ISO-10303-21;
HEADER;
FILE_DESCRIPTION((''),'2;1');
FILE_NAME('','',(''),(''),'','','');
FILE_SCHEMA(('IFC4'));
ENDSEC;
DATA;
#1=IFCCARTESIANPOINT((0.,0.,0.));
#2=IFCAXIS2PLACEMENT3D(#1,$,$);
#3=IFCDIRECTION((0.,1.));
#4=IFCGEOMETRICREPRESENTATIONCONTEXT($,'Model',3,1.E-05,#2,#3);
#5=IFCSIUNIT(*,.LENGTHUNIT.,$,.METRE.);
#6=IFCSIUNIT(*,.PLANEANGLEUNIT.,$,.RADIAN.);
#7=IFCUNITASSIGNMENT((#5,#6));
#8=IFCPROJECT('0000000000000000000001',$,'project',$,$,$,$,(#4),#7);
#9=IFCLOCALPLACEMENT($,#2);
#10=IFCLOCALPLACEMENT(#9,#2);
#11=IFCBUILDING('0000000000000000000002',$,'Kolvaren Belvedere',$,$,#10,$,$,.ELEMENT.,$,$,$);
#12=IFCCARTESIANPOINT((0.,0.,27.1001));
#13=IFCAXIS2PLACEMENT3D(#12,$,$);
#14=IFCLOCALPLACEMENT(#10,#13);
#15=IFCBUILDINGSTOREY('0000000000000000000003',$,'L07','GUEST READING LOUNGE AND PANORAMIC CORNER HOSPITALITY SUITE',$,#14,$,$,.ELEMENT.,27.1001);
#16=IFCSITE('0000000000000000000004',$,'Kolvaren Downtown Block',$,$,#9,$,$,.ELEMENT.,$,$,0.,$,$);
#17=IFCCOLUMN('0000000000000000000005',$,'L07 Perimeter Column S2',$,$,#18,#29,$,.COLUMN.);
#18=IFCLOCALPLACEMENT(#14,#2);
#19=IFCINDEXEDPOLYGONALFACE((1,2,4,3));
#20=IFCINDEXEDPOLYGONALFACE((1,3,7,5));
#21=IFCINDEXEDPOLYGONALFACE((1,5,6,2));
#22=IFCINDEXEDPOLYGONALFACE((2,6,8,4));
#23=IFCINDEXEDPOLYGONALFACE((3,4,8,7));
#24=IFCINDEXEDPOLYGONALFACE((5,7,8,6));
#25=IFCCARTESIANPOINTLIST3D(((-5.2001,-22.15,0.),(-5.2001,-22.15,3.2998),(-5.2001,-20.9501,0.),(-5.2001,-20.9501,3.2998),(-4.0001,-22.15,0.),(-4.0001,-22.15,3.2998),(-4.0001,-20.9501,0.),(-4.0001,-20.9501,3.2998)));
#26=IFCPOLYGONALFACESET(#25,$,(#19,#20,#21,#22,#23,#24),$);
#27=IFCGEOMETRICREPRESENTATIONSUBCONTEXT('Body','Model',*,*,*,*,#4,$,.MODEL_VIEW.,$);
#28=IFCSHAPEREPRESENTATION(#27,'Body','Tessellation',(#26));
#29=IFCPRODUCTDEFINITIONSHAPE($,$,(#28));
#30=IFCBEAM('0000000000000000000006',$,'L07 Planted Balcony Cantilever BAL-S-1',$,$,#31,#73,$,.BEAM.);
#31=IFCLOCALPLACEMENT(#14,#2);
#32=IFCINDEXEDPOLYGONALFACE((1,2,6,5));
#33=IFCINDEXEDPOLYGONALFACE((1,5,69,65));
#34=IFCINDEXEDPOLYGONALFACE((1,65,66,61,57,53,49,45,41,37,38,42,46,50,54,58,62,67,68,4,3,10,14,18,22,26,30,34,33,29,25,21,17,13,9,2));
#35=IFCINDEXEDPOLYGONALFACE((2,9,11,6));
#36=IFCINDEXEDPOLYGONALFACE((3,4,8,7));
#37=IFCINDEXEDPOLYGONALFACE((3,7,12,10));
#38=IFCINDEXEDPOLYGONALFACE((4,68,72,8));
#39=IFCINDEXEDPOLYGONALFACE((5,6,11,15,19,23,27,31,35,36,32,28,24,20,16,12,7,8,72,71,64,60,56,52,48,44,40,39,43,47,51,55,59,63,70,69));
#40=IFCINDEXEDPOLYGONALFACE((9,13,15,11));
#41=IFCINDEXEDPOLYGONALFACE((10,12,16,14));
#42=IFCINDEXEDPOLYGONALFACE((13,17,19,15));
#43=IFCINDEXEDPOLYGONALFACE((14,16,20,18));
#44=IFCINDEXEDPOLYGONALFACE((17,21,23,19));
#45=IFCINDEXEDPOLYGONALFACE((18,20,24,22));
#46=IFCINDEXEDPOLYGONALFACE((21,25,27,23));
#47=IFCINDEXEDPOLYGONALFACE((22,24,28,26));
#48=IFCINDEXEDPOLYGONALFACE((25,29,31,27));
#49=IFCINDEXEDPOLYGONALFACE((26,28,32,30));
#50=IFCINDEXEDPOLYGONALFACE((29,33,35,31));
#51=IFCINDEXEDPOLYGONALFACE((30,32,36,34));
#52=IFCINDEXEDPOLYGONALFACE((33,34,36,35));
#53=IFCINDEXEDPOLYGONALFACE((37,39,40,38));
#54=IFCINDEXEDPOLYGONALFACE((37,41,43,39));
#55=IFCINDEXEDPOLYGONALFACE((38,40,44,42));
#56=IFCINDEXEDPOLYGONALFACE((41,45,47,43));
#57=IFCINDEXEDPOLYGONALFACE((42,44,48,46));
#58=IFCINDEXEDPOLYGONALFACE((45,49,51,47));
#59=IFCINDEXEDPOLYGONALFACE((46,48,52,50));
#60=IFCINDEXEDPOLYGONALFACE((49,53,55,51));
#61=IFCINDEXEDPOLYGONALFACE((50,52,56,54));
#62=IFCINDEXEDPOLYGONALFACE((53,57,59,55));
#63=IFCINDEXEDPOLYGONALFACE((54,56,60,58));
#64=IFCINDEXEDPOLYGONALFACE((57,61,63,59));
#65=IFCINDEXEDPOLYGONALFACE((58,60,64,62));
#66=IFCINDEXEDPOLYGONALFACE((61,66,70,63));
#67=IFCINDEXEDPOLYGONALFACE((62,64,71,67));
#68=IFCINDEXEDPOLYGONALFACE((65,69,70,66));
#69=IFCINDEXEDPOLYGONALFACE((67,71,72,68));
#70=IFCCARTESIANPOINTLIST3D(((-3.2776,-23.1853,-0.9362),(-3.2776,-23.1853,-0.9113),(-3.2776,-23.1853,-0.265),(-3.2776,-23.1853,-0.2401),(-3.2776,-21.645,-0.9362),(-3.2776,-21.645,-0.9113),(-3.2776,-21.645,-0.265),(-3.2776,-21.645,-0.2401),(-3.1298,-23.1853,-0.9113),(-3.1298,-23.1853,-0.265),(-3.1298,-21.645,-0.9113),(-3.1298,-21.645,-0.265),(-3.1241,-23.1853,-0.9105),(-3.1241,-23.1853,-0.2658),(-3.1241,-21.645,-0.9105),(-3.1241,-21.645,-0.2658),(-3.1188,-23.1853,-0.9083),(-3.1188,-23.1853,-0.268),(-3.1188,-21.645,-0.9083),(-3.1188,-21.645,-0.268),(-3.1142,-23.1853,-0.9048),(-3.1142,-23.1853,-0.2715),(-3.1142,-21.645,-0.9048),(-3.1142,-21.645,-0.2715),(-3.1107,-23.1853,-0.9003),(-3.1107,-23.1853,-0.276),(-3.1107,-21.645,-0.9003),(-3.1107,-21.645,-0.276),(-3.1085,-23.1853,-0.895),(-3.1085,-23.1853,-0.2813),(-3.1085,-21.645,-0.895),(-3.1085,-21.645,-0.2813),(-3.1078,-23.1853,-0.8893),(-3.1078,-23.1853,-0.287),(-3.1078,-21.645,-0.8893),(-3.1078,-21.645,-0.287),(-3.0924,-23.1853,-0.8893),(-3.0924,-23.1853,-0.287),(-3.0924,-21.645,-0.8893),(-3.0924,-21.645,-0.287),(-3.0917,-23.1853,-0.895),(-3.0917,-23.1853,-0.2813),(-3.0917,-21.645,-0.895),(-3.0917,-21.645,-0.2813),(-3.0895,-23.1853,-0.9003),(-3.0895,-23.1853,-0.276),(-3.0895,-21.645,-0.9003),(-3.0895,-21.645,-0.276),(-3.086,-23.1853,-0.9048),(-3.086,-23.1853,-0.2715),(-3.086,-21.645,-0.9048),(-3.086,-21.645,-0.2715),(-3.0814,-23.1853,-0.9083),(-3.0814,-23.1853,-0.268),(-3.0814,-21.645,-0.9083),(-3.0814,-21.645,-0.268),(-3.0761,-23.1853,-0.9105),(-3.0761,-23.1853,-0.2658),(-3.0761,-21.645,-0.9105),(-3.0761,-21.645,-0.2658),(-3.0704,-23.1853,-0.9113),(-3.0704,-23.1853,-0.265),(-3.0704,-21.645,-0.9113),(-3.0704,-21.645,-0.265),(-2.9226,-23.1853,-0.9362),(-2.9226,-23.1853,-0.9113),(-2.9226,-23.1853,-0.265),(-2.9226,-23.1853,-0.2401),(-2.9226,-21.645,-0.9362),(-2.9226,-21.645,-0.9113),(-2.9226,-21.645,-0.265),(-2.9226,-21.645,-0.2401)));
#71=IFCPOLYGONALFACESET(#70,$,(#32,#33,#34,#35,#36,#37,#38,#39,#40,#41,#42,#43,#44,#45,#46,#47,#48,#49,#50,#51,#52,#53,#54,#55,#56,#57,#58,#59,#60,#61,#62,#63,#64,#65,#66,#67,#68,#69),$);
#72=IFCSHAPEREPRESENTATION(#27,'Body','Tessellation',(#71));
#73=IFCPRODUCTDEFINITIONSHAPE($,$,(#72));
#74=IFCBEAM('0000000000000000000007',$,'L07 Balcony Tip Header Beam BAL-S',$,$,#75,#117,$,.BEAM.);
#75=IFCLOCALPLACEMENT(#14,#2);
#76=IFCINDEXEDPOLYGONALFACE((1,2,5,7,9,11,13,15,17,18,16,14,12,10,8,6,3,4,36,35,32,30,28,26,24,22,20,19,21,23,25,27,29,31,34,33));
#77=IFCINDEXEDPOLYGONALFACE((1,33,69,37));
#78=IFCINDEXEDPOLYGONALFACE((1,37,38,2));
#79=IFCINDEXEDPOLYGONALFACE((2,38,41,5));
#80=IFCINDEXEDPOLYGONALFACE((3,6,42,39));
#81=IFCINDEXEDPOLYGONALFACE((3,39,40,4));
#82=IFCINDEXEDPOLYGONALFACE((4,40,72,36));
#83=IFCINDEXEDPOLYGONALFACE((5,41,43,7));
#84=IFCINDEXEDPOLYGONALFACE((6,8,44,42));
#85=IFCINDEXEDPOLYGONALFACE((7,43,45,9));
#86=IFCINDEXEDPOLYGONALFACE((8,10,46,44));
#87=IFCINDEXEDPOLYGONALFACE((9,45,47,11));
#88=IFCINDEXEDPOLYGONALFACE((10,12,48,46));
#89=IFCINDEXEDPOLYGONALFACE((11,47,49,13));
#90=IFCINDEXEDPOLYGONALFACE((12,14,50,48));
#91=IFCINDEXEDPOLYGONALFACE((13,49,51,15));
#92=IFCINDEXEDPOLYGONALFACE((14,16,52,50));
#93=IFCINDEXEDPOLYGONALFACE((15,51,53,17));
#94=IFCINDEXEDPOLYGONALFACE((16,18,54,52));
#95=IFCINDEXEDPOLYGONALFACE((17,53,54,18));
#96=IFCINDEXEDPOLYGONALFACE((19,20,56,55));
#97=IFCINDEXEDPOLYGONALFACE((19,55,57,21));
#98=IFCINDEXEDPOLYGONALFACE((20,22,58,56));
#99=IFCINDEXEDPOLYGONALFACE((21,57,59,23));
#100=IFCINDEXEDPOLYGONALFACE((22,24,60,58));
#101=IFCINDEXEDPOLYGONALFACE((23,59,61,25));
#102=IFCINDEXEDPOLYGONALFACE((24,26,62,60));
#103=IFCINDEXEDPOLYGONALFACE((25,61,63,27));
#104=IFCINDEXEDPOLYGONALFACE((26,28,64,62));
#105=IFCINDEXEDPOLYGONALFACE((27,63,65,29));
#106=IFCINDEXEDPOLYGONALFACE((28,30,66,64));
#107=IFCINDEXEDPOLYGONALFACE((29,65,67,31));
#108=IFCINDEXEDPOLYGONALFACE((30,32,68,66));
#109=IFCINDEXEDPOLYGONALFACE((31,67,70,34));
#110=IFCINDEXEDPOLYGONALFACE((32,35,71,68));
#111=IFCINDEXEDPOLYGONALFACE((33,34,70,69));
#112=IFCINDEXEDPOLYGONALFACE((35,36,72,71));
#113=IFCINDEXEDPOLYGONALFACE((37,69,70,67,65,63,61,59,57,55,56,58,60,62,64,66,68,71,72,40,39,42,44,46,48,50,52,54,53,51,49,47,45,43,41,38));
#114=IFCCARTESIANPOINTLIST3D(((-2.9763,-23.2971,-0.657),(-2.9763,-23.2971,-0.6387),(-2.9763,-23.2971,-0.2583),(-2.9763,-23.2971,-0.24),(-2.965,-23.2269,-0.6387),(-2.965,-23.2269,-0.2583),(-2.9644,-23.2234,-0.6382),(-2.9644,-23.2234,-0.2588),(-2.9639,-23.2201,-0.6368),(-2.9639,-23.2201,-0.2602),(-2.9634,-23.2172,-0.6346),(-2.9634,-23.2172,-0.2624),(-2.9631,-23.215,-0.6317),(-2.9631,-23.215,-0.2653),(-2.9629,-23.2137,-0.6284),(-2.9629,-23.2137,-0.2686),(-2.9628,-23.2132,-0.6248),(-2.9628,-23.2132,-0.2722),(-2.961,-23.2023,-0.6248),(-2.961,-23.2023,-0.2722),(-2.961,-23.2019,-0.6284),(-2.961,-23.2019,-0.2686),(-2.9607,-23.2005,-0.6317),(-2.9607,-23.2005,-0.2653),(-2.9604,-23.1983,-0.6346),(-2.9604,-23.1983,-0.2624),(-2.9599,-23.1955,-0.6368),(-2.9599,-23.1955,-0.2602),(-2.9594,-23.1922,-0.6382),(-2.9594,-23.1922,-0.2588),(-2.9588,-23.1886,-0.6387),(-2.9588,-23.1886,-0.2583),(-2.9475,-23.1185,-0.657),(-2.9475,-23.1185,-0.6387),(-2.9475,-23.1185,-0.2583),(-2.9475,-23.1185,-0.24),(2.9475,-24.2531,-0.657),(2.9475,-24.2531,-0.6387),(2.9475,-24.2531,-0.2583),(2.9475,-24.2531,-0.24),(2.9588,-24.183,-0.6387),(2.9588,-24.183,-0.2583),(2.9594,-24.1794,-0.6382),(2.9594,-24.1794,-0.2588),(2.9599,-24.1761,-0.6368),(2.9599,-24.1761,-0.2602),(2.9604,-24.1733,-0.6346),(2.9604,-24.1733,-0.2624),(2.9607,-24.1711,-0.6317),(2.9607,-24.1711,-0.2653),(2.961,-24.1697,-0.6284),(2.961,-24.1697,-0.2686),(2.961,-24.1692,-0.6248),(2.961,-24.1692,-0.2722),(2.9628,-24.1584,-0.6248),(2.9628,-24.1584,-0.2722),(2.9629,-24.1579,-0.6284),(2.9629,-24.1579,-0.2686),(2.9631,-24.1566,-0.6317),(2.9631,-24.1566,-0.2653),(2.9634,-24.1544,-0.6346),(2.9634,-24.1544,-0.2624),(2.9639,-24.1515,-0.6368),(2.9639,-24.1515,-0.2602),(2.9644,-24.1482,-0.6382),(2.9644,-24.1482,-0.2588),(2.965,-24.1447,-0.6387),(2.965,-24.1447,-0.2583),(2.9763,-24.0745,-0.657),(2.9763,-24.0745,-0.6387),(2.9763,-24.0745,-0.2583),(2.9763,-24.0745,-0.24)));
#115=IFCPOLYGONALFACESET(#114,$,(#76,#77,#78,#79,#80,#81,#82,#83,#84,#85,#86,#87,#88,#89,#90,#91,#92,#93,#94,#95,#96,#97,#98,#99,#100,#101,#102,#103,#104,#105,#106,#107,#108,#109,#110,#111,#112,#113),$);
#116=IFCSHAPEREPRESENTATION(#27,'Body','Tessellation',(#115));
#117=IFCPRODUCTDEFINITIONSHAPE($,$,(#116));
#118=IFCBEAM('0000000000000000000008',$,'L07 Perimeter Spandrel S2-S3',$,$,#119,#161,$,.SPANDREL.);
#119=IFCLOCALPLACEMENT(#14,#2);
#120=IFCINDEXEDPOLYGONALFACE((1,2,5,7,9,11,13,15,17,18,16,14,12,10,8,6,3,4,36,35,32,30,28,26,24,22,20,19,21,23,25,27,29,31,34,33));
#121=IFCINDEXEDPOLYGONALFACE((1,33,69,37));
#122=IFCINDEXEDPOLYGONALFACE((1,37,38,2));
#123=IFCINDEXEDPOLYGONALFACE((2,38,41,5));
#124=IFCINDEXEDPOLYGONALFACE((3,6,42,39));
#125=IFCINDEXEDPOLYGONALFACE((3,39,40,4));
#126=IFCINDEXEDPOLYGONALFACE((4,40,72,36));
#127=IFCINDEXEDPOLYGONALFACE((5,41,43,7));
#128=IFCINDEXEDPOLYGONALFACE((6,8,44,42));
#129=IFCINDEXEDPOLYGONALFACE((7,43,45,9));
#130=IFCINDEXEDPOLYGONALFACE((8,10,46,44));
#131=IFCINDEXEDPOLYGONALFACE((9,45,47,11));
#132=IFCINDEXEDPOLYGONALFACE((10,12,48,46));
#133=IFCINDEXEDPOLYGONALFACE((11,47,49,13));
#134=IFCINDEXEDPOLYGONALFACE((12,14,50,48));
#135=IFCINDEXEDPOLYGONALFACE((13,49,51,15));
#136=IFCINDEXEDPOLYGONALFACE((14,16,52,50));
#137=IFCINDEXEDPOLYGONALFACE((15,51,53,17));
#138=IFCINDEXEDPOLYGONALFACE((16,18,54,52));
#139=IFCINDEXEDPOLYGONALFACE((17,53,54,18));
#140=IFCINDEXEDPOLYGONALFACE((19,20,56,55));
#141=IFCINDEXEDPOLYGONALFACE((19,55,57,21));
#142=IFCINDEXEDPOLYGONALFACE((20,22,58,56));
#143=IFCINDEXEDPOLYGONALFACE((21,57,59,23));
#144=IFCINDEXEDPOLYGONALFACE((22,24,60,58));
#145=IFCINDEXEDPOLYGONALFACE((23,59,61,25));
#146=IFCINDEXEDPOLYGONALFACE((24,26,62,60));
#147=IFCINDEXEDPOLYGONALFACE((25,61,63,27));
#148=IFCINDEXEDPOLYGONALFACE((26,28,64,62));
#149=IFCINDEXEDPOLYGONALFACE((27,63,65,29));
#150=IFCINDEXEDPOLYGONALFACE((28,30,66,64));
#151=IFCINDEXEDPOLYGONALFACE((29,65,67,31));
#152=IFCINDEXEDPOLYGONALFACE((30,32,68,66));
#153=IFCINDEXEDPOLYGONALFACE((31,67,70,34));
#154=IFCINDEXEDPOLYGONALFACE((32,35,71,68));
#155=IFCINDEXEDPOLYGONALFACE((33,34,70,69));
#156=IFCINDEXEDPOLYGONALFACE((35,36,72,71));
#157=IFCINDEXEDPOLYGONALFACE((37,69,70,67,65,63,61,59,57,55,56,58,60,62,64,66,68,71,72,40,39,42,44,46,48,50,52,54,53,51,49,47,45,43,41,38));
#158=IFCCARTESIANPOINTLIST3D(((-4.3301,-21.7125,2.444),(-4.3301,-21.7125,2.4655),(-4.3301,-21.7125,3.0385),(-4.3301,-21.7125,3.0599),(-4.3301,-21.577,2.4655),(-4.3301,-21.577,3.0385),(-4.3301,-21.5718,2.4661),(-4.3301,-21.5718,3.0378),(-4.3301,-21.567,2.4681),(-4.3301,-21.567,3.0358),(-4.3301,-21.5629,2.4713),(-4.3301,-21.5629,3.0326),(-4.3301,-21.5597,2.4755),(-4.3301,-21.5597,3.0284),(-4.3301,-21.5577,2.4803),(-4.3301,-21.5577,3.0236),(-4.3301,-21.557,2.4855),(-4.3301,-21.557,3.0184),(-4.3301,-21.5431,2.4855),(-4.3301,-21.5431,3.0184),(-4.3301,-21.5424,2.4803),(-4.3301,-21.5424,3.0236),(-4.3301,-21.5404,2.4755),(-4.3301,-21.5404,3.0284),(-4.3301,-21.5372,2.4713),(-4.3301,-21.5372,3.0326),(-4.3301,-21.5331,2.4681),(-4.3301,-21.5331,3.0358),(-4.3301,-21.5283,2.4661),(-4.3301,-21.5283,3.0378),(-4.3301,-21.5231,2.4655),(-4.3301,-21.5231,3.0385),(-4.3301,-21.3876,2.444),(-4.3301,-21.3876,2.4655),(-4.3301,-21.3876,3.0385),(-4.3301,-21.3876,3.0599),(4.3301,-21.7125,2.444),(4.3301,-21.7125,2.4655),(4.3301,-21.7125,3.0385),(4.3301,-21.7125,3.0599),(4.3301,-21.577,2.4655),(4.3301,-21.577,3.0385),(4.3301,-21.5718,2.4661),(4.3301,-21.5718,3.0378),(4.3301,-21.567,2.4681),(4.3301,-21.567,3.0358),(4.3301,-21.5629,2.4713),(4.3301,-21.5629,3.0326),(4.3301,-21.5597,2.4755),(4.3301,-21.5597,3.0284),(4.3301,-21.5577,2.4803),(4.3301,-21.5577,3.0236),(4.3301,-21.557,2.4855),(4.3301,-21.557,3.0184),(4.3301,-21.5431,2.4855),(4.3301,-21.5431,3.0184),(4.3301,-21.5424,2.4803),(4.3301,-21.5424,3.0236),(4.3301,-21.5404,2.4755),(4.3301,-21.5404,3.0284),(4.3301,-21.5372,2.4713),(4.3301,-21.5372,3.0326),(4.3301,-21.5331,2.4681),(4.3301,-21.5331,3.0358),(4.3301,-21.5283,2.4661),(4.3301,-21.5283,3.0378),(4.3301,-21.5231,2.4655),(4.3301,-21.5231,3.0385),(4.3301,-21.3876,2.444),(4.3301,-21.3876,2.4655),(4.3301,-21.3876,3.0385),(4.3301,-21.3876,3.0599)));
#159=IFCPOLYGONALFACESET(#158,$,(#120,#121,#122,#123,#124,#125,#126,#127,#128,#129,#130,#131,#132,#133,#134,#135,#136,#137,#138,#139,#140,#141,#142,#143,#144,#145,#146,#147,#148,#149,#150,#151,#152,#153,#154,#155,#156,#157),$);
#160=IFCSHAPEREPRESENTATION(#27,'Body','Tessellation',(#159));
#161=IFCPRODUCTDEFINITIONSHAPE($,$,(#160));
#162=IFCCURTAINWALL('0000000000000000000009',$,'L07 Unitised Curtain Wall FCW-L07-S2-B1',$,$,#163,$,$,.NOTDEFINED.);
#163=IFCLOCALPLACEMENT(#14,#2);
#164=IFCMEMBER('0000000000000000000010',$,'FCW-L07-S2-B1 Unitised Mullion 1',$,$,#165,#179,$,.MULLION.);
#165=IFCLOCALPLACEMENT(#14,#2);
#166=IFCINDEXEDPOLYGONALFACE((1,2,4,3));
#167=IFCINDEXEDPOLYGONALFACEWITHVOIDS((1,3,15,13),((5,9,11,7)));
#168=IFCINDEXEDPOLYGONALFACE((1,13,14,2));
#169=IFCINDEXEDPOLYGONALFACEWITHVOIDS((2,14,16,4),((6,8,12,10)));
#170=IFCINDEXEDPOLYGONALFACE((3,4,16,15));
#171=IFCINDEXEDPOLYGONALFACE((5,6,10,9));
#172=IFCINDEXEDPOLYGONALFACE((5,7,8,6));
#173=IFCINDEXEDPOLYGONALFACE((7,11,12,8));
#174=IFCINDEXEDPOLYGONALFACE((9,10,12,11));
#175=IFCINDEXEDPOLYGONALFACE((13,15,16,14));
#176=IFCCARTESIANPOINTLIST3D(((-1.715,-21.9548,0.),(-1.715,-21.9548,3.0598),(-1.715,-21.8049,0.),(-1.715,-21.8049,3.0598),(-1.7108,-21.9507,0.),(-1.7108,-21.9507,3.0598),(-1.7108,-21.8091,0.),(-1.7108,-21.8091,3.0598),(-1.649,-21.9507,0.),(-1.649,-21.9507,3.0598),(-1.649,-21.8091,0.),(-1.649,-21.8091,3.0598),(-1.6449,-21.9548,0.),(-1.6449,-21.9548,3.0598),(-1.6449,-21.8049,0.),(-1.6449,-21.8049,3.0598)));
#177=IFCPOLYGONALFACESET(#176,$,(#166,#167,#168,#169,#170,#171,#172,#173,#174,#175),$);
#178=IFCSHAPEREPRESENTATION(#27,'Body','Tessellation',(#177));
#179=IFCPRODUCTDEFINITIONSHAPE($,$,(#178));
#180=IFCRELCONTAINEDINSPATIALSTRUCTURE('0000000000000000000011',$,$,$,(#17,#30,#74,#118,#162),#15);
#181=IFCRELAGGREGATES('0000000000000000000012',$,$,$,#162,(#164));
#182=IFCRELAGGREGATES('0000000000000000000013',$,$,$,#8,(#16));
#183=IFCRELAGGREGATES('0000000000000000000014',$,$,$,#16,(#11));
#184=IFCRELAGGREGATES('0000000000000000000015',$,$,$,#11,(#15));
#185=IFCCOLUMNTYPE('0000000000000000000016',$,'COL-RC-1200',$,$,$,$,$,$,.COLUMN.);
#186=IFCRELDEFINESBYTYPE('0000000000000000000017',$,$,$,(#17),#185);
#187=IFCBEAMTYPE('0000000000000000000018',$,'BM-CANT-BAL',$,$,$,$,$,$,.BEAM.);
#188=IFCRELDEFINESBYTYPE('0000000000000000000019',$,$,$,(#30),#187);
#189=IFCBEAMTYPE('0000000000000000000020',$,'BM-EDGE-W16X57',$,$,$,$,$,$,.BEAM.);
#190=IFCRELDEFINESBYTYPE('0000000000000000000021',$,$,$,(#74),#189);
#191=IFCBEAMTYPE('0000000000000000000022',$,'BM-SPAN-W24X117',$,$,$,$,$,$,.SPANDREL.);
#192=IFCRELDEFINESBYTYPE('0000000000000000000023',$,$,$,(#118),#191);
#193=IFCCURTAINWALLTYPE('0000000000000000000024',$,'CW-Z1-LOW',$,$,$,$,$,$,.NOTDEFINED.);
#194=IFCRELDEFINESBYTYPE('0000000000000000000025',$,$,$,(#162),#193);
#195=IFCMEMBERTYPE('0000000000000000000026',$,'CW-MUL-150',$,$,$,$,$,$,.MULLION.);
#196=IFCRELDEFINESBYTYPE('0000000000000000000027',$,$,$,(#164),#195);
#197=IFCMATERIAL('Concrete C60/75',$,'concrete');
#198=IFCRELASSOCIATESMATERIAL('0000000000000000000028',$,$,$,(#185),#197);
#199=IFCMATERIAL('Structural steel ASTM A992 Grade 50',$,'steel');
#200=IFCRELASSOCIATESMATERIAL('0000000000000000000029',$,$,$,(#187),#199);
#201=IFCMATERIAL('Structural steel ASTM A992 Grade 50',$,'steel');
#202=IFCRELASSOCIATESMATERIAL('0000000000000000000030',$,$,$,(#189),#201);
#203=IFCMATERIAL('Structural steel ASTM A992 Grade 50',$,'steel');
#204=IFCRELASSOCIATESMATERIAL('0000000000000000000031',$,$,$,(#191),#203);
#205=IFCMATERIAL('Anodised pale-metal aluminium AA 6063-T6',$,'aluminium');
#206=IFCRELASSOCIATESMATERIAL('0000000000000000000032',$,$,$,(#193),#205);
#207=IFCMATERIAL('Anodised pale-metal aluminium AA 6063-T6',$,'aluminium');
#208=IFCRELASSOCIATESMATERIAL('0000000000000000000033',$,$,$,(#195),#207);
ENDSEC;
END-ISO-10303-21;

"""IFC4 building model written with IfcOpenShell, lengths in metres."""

from ifc_helpers import new_model, si_unit, direction, frame, origin, origin_2d, place, context, subcontext, project, spatial, rectangle, hollow_rectangle, i_section, extrude, material, material_profile, profile_set, type_object, element, aggregate, save


model = new_model("IFC4")

# Units and contexts
model_context = context("Model", 3, precision=1e-05, world=origin(), true_north=direction((0.0, 1.0)))
body_context = subcontext(model_context, "Body", "Model", "MODEL_VIEW")
ifc_project = project(units=[si_unit("LENGTHUNIT", "METRE"), si_unit("PLANEANGLEUNIT", "RADIAN")], contexts=[model_context])

# Site, building, storey
site_placement = place(None, origin())
site = spatial("IfcSite", under=ifc_project, at=site_placement, Name="Kolvaren Downtown Block", CompositionType="ELEMENT", RefElevation=0.0)
building_placement = place(site_placement, origin())
building = spatial("IfcBuilding", under=site, at=building_placement, Name="Kolvaren Belvedere", CompositionType="ELEMENT")
storey_placement = place(building_placement, frame((0.0, 0.0, 27.1001)))
storey = spatial("IfcBuildingStorey", under=building, at=storey_placement, Name="L07", Description="GUEST READING LOUNGE AND PANORAMIC CORNER HOSPITALITY SUITE", CompositionType="ELEMENT", Elevation=27.1001)

# Column
ifc_material_1 = material(Name="Concrete C60/75", Category="concrete")
ifc_material_profile_1 = material_profile(ifc_material_1, rectangle(XDim=1.2, YDim=1.2, at=origin_2d()), Name="RC 1200X1200")
ifc_profile_set_1 = profile_set([ifc_material_profile_1], Name="Concrete C60/75")
column_type = type_object("IfcColumnType", Name="COL-RC-1200", PredefinedType="COLUMN", material=ifc_profile_set_1)
column_placement = place(storey_placement, frame((-4.6001, -21.55, 0.0), z_axis=(0.0, 0.0, 1.0), x_axis=(1.0, 0.0, 0.0)))
element("IfcColumn", 1, at=column_placement, inside=storey, type_object=column_type, Name="L07 Perimeter Column S2", PredefinedType="COLUMN", context=body_context, shape_type="SweptSolid", body=[
    extrude(rectangle(XDim=1.2, YDim=1.2, at=origin_2d()), origin(), (0.0, 0.0, 1.0), 3.2998),
])

# Beams
ifc_material_2 = material(Name="Structural steel ASTM A992 Grade 50", Category="steel")
ifc_material_profile_2 = material_profile(ifc_material_2, i_section(OverallWidth=0.355, OverallDepth=0.696, WebThickness=0.0154, FlangeThickness=0.0249, FilletRadius=0.022, at=origin_2d()), Name="W27X146")
ifc_profile_set_2 = profile_set([ifc_material_profile_2], Name="Structural steel ASTM A992 Grade 50")
beam_type_1 = type_object("IfcBeamType", Name="BM-CANT-BAL", PredefinedType="BEAM", material=ifc_profile_set_2)
beam_1_placement = place(storey_placement, frame((-3.1001, -21.645, -0.5881), z_axis=(0.0, -1.0, 0.0), x_axis=(1.0, 0.0, 0.0)))
element("IfcBeam", 2, at=beam_1_placement, inside=storey, type_object=beam_type_1, Name="L07 Planted Balcony Cantilever BAL-S-1", PredefinedType="BEAM", context=body_context, shape_type="SweptSolid", body=[
    extrude(i_section(OverallWidth=0.355, OverallDepth=0.696, WebThickness=0.0154, FlangeThickness=0.0249, FilletRadius=0.022, at=origin_2d()), origin(), (0.0, 0.0, 1.0), 1.5403),
])
ifc_material_3 = material(Name="Structural steel ASTM A992 Grade 50", Category="steel")
ifc_material_profile_3 = material_profile(ifc_material_3, i_section(OverallWidth=0.1809, OverallDepth=0.417, WebThickness=0.011, FlangeThickness=0.0183, FilletRadius=0.0139, at=origin_2d()), Name="W16X57")
ifc_profile_set_3 = profile_set([ifc_material_profile_3], Name="Structural steel ASTM A992 Grade 50")
beam_type_2 = type_object("IfcBeamType", Name="BM-EDGE-W16X57", PredefinedType="BEAM", material=ifc_profile_set_3)
beam_2_placement = place(storey_placement, frame((-2.9619, -23.2078, -0.4485), z_axis=(0.987225, -0.15933, 0.0), x_axis=(0.15933, 0.987225, 0.0)))
element("IfcBeam", 3, at=beam_2_placement, inside=storey, type_object=beam_type_2, Name="L07 Balcony Tip Header Beam BAL-S", PredefinedType="BEAM", context=body_context, shape_type="SweptSolid", body=[
    extrude(i_section(OverallWidth=0.1809, OverallDepth=0.417, WebThickness=0.011, FlangeThickness=0.0183, FilletRadius=0.0139, at=origin_2d()), origin(), (0.0, 0.0, 1.0), 6.0005),
])
ifc_material_4 = material(Name="Structural steel ASTM A992 Grade 50", Category="steel")
ifc_material_profile_4 = material_profile(ifc_material_4, i_section(OverallWidth=0.325, OverallDepth=0.616, WebThickness=0.0139, FlangeThickness=0.0215, FilletRadius=0.02, at=origin_2d()), Name="W24X117")
ifc_profile_set_4 = profile_set([ifc_material_profile_4], Name="Structural steel ASTM A992 Grade 50")
beam_type_3 = type_object("IfcBeamType", Name="BM-SPAN-W24X117", PredefinedType="SPANDREL", material=ifc_profile_set_4)
beam_3_placement = place(storey_placement, frame((-4.3301, -21.55, 2.752), z_axis=(1.0, 0.0, 0.0), x_axis=(0.0, 1.0, 0.0)))
element("IfcBeam", 4, at=beam_3_placement, inside=storey, type_object=beam_type_3, Name="L07 Perimeter Spandrel S2-S3", PredefinedType="SPANDREL", context=body_context, shape_type="SweptSolid", body=[
    extrude(i_section(OverallWidth=0.325, OverallDepth=0.616, WebThickness=0.0139, FlangeThickness=0.0215, FilletRadius=0.02, at=origin_2d()), origin(), (0.0, 0.0, 1.0), 8.6602),
])

# Curtain wall, member
ifc_material_5 = material(Name="Anodised pale-metal aluminium AA 6063-T6", Category="aluminium")
curtain_wall_type = type_object("IfcCurtainWallType", Name="CW-Z1-LOW", PredefinedType="NOTDEFINED", material=ifc_material_5)
curtain_wall_1_placement = place(storey_placement, origin())
curtain_wall_1 = element("IfcCurtainWall", 5, at=curtain_wall_1_placement, inside=storey, type_object=curtain_wall_type, Name="L07 Unitised Curtain Wall FCW-L07-S2-B1", PredefinedType="NOTDEFINED")
ifc_material_6 = material(Name="Anodised pale-metal aluminium AA 6063-T6", Category="aluminium")
ifc_material_profile_5 = material_profile(ifc_material_6, hollow_rectangle(XDim=0.0701, YDim=0.1499, WallThickness=0.0042, at=origin_2d()), Name="ALU-MUL-150X70")
ifc_profile_set_5 = profile_set([ifc_material_profile_5], Name="Anodised pale-metal aluminium AA 6063-T6")
member_type_1 = type_object("IfcMemberType", Name="CW-MUL-150", PredefinedType="MULLION", material=ifc_profile_set_5)
member_1_placement = place(storey_placement, frame((-1.6799, -21.8799, 0.0), z_axis=(0.0, 0.0, 1.0), x_axis=(1.0, 0.0, 0.0)))
member_1 = element("IfcMember", 6, at=member_1_placement, type_object=member_type_1, Name="FCW-L07-S2-B1 Unitised Mullion 1", PredefinedType="MULLION", context=body_context, shape_type="SweptSolid", body=[
    extrude(hollow_rectangle(XDim=0.0701, YDim=0.1499, WallThickness=0.0042, at=origin_2d()), origin(), (0.0, 0.0, 1.0), 3.0598),
])

aggregate(curtain_wall_1, [member_1])

save(model, "model.ifc")
